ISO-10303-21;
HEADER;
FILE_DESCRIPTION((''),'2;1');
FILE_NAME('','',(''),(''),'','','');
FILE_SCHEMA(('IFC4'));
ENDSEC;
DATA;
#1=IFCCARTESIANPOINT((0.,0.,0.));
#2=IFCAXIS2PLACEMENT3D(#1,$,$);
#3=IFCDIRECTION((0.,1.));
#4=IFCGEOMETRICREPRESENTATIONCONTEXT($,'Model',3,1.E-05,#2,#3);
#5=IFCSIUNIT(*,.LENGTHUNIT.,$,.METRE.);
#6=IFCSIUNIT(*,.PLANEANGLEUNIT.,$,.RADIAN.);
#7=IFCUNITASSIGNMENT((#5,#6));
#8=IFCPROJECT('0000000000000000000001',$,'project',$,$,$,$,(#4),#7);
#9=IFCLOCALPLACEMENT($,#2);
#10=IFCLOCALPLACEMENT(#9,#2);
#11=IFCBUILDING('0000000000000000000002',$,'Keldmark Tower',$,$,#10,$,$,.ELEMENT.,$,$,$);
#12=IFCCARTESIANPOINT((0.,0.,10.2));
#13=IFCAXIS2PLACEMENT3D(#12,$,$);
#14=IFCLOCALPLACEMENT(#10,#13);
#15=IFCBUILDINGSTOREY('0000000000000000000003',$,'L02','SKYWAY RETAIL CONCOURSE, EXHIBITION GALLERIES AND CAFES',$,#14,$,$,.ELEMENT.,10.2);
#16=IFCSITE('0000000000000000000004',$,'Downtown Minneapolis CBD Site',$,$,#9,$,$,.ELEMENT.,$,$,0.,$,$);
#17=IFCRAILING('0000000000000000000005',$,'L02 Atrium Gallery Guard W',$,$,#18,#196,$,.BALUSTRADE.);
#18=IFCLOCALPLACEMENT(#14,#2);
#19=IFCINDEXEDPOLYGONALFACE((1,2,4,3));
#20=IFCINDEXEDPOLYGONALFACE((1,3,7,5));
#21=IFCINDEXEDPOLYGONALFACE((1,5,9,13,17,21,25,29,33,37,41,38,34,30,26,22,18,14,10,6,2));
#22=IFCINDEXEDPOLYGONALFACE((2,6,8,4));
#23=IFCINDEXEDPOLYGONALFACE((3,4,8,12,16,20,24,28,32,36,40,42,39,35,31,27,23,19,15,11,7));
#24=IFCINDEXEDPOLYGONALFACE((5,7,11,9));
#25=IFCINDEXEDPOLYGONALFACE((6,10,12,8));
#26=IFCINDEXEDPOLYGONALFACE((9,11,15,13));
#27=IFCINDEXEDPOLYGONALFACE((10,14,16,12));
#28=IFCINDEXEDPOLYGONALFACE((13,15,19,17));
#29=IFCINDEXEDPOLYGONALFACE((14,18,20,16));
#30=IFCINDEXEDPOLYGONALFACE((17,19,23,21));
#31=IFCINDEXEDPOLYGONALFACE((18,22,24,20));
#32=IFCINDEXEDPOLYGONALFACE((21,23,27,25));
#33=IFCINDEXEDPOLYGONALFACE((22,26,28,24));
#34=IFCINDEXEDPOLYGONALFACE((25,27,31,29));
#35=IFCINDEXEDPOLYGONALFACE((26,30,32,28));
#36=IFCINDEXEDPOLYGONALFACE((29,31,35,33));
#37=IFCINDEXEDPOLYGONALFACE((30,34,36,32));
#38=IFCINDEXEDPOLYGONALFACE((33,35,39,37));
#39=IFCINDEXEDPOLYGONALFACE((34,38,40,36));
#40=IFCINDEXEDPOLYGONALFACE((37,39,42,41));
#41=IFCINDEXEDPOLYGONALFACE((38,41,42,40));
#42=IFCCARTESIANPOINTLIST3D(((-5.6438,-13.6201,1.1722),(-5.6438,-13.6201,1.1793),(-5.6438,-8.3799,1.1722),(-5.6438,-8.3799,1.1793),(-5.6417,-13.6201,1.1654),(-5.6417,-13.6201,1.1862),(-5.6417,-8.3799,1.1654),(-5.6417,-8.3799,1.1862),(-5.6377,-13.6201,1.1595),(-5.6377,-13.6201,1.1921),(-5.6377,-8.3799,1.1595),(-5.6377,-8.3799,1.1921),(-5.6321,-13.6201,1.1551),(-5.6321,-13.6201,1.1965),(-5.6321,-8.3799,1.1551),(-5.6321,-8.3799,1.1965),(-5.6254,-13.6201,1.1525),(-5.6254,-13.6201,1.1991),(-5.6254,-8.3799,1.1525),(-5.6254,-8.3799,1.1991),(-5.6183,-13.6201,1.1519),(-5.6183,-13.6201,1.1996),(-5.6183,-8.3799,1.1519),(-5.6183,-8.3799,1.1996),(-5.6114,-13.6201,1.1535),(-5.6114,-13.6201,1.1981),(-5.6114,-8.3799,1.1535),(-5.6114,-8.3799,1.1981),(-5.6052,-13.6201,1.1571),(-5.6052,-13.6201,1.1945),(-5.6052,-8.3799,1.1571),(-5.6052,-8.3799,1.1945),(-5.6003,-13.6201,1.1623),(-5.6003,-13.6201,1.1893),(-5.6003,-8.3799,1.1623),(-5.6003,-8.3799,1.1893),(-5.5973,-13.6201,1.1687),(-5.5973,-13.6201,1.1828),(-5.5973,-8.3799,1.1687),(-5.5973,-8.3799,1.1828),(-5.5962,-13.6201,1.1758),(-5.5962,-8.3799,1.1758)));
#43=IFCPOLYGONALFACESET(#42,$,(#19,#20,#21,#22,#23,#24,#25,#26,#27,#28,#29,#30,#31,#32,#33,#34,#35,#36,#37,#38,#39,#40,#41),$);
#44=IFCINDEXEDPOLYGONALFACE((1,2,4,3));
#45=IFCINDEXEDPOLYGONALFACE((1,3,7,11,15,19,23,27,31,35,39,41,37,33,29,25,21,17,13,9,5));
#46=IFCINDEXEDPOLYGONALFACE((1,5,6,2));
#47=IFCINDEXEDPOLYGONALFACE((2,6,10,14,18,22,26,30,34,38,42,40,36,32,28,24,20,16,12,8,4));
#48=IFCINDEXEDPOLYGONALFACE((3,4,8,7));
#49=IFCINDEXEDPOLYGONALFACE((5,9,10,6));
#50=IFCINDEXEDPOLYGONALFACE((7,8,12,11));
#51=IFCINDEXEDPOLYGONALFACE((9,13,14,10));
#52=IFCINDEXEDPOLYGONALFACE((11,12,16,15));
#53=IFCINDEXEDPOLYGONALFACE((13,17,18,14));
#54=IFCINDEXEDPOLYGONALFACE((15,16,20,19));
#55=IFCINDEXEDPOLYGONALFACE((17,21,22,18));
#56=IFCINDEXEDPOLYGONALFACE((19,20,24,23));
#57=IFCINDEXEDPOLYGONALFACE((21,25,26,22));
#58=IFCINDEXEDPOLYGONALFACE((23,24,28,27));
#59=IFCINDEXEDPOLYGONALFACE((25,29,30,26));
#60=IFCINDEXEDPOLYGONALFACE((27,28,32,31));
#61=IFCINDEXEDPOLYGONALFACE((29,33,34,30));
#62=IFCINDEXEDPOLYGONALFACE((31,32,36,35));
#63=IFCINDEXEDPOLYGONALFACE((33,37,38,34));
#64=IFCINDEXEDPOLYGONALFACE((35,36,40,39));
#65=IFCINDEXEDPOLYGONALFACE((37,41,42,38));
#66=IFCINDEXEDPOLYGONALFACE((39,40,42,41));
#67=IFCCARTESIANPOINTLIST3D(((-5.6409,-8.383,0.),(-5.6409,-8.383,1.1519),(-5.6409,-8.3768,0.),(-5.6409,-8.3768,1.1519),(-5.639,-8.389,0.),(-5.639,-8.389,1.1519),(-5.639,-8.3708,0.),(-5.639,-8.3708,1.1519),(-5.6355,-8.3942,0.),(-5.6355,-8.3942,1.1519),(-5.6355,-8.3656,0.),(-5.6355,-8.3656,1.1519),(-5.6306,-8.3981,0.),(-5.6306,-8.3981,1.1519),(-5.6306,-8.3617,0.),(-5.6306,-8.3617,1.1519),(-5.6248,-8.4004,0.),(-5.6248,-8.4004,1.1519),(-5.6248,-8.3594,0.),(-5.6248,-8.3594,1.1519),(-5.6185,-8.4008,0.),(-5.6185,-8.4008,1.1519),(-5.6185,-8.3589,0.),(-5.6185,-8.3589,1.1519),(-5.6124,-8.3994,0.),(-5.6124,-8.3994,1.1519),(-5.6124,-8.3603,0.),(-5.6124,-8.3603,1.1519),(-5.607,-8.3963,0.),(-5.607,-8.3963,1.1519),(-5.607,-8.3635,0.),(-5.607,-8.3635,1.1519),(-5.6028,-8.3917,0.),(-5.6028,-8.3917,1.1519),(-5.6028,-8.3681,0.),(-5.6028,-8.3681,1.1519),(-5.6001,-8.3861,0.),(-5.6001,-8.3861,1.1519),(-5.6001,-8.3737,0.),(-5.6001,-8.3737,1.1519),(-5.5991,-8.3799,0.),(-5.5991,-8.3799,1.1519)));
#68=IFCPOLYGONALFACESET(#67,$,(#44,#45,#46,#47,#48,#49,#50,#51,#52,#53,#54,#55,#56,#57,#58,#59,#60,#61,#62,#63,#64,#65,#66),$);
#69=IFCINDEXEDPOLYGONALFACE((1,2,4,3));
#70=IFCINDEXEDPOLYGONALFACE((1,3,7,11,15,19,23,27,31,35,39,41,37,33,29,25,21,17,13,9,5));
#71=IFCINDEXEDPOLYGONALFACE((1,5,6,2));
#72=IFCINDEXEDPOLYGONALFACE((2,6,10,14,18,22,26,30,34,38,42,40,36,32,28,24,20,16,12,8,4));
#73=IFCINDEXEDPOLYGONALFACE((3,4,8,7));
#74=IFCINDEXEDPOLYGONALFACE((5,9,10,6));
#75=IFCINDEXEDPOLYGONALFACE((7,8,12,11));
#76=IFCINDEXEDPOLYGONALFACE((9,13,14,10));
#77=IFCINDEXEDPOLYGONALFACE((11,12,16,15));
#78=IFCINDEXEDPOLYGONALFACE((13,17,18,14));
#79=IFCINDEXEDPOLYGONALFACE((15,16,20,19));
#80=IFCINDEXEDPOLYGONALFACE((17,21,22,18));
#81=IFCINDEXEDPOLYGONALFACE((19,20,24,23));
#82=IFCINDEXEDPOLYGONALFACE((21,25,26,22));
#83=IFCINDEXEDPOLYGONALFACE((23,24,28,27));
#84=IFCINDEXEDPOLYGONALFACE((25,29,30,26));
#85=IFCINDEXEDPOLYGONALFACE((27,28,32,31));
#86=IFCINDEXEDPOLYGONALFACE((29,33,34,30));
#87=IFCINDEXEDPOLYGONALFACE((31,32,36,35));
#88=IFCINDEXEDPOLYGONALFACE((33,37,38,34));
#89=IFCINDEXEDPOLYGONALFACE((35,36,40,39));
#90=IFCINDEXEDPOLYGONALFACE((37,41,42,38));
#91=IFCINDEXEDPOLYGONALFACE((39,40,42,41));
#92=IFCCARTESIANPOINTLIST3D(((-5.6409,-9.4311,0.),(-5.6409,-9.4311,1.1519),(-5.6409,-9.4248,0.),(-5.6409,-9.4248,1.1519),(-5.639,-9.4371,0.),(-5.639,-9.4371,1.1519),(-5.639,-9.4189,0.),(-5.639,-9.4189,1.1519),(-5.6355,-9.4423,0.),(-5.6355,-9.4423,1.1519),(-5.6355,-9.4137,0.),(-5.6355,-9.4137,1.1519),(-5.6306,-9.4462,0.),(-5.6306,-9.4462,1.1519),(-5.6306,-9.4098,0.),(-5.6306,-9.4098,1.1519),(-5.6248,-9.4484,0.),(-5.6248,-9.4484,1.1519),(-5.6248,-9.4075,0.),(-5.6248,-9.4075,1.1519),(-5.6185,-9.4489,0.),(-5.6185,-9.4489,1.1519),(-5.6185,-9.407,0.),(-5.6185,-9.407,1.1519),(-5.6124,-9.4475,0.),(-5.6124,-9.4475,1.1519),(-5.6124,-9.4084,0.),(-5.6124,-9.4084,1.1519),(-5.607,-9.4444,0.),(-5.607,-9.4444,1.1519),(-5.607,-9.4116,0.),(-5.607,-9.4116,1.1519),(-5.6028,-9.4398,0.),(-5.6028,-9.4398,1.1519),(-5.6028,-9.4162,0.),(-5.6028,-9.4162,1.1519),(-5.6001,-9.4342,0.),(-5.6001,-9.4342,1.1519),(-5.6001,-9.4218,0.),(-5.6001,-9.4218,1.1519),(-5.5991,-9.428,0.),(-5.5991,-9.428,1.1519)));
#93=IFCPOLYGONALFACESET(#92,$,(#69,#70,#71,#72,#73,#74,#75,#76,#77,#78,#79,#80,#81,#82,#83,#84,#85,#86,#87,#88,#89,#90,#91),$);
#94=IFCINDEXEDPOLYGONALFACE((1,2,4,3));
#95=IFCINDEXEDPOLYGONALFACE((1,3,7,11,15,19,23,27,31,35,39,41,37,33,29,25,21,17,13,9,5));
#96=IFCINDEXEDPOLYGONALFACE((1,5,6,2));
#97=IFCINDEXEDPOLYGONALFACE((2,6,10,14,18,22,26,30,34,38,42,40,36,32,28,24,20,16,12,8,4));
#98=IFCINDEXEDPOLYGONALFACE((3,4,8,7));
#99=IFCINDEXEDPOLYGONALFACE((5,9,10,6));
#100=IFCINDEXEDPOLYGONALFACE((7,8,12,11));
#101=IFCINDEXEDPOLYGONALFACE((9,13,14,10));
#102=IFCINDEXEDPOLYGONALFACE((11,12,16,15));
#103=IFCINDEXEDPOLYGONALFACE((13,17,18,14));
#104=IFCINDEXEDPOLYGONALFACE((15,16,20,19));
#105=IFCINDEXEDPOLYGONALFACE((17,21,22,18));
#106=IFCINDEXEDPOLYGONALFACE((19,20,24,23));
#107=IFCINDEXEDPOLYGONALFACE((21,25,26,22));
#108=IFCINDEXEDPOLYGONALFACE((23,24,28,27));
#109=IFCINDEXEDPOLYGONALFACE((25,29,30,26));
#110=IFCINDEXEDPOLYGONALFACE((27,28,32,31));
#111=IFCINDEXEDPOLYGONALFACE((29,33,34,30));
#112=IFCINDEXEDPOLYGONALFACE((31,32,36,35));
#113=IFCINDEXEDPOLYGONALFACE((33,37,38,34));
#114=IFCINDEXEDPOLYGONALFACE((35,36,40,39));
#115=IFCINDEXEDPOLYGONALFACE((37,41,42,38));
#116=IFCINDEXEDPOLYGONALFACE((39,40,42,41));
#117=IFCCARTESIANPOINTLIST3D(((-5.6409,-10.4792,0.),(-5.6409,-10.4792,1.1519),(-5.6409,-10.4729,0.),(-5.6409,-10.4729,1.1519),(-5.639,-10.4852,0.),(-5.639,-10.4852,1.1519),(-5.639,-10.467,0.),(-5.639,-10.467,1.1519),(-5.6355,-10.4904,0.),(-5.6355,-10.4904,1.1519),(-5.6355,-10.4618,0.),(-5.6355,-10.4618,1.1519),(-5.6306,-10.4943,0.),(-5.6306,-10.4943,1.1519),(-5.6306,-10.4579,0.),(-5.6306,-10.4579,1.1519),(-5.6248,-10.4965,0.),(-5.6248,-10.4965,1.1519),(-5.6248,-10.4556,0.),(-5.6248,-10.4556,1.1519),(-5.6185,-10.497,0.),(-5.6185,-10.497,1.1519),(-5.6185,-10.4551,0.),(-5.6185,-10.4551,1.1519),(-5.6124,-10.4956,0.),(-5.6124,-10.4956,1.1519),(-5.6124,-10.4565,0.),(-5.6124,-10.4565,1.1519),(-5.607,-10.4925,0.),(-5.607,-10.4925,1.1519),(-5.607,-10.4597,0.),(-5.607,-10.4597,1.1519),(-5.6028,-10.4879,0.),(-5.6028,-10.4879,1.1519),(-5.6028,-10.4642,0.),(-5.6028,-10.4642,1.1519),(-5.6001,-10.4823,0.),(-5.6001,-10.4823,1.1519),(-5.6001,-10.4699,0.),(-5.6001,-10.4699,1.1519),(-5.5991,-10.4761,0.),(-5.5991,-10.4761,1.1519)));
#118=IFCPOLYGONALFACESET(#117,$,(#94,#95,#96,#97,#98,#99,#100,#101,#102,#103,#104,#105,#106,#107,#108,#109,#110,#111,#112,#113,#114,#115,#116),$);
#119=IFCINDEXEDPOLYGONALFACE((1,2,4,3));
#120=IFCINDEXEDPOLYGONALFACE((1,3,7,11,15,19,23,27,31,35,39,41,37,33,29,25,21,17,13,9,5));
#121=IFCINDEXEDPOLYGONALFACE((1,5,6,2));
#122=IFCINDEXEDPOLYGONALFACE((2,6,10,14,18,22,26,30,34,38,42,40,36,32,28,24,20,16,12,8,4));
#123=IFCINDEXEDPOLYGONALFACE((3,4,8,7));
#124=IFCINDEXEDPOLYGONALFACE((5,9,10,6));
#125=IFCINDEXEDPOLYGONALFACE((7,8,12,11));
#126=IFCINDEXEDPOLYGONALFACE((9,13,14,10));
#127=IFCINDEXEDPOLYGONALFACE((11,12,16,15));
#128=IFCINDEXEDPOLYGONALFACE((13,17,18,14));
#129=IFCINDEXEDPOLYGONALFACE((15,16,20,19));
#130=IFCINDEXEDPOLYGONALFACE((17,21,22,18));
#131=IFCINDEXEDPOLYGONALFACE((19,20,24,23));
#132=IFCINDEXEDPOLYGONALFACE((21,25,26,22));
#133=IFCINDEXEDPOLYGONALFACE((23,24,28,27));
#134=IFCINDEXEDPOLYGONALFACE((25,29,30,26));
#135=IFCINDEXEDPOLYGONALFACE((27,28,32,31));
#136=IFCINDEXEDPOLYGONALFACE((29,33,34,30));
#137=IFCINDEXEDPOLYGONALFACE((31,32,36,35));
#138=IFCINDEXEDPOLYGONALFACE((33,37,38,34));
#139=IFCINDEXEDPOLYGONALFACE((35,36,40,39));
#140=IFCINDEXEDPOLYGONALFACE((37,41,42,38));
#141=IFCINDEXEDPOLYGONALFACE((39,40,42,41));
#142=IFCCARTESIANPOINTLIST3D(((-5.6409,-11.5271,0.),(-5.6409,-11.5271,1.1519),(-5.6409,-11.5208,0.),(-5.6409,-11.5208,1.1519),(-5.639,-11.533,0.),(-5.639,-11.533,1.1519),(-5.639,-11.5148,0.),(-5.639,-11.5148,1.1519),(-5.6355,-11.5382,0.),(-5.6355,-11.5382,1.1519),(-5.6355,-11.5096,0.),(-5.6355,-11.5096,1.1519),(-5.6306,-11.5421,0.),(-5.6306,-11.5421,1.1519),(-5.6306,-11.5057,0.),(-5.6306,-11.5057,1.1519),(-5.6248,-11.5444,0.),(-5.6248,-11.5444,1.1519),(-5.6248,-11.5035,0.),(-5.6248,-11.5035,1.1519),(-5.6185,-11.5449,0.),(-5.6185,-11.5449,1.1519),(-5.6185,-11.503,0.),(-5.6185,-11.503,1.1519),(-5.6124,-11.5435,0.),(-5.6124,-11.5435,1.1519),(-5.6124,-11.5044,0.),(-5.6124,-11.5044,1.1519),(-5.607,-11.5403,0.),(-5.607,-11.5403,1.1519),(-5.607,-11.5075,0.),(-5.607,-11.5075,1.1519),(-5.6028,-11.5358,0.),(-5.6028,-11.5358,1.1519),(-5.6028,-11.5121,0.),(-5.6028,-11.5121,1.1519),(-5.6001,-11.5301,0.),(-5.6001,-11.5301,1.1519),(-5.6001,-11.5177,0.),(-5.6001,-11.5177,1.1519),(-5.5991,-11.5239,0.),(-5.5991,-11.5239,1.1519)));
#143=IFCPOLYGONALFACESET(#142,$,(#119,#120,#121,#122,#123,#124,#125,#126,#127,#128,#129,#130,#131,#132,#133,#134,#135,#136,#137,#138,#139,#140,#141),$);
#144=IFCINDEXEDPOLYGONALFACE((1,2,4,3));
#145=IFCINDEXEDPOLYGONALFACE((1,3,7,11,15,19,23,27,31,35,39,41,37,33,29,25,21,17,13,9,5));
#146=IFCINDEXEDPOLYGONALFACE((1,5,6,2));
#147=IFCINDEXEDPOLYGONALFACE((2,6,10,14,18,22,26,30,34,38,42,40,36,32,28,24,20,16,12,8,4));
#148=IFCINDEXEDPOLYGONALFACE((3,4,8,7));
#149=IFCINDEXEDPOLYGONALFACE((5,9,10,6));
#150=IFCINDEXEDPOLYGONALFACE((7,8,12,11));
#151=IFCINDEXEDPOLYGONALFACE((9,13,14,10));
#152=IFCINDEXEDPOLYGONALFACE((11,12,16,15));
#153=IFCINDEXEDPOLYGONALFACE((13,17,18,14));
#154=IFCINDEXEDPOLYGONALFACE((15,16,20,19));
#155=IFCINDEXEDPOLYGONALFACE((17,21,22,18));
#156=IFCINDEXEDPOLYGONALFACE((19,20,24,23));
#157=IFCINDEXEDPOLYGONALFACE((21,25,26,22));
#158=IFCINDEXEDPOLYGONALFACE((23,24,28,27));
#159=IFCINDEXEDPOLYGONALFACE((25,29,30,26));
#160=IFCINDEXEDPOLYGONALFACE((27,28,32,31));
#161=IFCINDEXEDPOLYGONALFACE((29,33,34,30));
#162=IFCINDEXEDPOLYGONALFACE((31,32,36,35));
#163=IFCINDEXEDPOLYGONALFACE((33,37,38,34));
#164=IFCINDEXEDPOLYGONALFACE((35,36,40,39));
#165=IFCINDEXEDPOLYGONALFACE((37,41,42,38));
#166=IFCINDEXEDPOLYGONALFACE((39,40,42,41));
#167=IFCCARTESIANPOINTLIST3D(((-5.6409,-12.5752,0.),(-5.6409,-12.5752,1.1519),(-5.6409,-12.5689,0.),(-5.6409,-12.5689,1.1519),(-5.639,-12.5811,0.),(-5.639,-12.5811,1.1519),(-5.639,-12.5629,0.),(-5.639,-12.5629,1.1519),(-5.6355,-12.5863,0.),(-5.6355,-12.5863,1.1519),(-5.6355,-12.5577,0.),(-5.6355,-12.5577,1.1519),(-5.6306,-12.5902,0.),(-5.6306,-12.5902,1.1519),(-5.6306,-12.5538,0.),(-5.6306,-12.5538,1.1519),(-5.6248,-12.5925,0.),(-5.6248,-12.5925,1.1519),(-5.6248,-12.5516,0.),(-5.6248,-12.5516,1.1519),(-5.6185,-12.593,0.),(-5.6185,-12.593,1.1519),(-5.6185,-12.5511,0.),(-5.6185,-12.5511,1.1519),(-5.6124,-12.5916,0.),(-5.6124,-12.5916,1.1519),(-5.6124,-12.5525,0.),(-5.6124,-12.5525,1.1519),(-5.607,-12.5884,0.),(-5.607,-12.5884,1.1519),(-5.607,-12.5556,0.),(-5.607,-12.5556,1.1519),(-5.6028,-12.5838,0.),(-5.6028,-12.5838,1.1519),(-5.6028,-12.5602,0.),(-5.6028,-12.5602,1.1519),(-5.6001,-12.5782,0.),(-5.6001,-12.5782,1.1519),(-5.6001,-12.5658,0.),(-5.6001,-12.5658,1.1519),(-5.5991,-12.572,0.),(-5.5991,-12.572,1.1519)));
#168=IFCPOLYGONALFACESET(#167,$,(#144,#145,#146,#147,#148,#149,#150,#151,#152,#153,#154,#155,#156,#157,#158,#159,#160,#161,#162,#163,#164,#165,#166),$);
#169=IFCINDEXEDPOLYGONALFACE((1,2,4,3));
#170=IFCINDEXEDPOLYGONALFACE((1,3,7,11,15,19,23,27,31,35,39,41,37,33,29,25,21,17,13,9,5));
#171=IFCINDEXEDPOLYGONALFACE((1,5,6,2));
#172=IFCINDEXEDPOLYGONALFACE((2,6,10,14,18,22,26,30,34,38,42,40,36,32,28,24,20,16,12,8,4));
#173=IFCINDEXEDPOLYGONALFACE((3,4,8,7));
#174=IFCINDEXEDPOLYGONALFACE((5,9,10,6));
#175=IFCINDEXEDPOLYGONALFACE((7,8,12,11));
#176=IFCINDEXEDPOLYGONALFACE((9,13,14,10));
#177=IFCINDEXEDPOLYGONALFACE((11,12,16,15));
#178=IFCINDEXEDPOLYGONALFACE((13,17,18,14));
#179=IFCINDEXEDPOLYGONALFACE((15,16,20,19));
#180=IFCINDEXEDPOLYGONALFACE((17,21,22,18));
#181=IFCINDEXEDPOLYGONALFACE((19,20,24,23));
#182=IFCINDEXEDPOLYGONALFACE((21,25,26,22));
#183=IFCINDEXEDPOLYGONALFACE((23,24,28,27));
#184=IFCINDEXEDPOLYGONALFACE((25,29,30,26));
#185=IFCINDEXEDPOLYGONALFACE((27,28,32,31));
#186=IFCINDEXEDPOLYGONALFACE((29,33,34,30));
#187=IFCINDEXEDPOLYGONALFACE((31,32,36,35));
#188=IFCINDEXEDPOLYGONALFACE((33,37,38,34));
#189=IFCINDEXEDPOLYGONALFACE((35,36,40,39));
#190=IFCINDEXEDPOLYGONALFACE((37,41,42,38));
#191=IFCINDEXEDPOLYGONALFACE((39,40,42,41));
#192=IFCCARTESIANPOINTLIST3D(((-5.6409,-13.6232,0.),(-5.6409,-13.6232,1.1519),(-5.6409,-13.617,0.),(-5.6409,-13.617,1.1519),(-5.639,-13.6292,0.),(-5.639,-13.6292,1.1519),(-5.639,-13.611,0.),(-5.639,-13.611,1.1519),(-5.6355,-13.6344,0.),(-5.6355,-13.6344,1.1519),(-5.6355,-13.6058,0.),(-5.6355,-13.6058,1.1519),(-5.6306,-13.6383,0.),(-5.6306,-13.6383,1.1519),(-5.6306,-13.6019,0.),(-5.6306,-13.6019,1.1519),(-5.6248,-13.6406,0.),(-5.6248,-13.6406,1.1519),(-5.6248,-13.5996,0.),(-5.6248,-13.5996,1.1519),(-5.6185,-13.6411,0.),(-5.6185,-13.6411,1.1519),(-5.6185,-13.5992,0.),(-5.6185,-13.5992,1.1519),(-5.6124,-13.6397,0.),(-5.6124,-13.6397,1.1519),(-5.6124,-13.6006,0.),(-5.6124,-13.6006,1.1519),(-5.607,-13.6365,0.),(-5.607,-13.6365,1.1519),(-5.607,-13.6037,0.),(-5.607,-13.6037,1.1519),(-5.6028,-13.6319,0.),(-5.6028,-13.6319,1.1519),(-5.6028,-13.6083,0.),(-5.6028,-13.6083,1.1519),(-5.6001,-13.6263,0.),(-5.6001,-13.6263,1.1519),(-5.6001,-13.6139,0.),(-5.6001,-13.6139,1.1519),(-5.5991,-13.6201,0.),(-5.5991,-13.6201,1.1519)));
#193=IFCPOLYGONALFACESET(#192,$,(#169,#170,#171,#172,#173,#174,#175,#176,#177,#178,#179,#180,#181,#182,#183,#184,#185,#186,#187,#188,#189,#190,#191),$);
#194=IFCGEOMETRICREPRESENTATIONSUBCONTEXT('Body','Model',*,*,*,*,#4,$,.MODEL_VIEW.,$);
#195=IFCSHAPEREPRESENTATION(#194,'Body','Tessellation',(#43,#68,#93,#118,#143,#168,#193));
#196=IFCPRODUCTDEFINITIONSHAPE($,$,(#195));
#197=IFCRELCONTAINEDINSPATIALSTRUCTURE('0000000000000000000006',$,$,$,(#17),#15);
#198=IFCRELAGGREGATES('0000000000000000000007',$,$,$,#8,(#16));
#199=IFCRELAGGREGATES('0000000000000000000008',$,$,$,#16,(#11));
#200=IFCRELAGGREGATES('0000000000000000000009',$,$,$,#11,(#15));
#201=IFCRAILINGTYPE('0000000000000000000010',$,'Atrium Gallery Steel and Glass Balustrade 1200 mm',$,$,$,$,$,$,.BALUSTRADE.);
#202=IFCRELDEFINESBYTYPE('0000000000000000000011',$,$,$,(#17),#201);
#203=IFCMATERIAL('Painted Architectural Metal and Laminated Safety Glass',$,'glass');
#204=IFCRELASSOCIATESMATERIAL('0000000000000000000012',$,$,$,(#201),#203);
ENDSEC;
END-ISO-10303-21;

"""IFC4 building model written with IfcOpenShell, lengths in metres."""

from ifc_helpers import new_model, si_unit, direction, frame, origin, origin_2d, place, context, subcontext, project, spatial, circle, extrude, material, type_object, element, save


model = new_model("IFC4")

# Units and contexts
model_context = context("Model", 3, precision=1e-05, world=origin(), true_north=direction((0.0, 1.0)))
body_context = subcontext(model_context, "Body", "Model", "MODEL_VIEW")
ifc_project = project(units=[si_unit("LENGTHUNIT", "METRE"), si_unit("PLANEANGLEUNIT", "RADIAN")], contexts=[model_context])

# Site, building, storey
site_placement = place(None, origin())
site = spatial("IfcSite", under=ifc_project, at=site_placement, Name="Downtown Minneapolis CBD Site", CompositionType="ELEMENT", RefElevation=0.0)
building_placement = place(site_placement, origin())
building = spatial("IfcBuilding", under=site, at=building_placement, Name="Keldmark Tower", CompositionType="ELEMENT")
storey_placement = place(building_placement, frame((0.0, 0.0, 10.2)))
storey = spatial("IfcBuildingStorey", under=building, at=storey_placement, Name="L02", Description="SKYWAY RETAIL CONCOURSE, EXHIBITION GALLERIES AND CAFES", CompositionType="ELEMENT", Elevation=10.2)

# Railing
ifc_material_1 = material(Name="Painted Architectural Metal and Laminated Safety Glass", Category="glass")
railing_type = type_object("IfcRailingType", Name="Atrium Gallery Steel and Glass Balustrade 1200 mm", PredefinedType="BALUSTRADE", material=ifc_material_1)
railing_1_placement = place(storey_placement, frame((-5.6201, -8.3799, 0.0)))
element("IfcRailing", 1, at=railing_1_placement, inside=storey, type_object=railing_type, Name="L02 Atrium Gallery Guard W", PredefinedType="BALUSTRADE", context=body_context, shape_type="SweptSolid", body=[
    extrude(circle(Radius=0.0239, at=origin_2d()), frame((0.0, 0.0, 1.1758), z_axis=(0.0, -1.0, 0.0), x_axis=(1.0, 0.0, 0.0)), (0.0, 0.0, 1.0), 5.2402),
    extrude(circle(Radius=0.021, at=origin_2d()), origin(), (0.0, 0.0, 1.0), 1.1519),
    extrude(circle(Radius=0.021, at=origin_2d()), frame((0.0, -1.0481, 0.0)), (0.0, 0.0, 1.0), 1.1519),
    extrude(circle(Radius=0.021, at=origin_2d()), frame((0.0, -2.0962, 0.0)), (0.0, 0.0, 1.0), 1.1519),
    extrude(circle(Radius=0.021, at=origin_2d()), frame((0.0, -3.144, 0.0)), (0.0, 0.0, 1.0), 1.1519),
    extrude(circle(Radius=0.021, at=origin_2d()), frame((0.0, -4.1921, 0.0)), (0.0, 0.0, 1.0), 1.1519),
    extrude(circle(Radius=0.021, at=origin_2d()), frame((0.0, -5.2402, 0.0)), (0.0, 0.0, 1.0), 1.1519),
])

save(model, "model.ifc")
